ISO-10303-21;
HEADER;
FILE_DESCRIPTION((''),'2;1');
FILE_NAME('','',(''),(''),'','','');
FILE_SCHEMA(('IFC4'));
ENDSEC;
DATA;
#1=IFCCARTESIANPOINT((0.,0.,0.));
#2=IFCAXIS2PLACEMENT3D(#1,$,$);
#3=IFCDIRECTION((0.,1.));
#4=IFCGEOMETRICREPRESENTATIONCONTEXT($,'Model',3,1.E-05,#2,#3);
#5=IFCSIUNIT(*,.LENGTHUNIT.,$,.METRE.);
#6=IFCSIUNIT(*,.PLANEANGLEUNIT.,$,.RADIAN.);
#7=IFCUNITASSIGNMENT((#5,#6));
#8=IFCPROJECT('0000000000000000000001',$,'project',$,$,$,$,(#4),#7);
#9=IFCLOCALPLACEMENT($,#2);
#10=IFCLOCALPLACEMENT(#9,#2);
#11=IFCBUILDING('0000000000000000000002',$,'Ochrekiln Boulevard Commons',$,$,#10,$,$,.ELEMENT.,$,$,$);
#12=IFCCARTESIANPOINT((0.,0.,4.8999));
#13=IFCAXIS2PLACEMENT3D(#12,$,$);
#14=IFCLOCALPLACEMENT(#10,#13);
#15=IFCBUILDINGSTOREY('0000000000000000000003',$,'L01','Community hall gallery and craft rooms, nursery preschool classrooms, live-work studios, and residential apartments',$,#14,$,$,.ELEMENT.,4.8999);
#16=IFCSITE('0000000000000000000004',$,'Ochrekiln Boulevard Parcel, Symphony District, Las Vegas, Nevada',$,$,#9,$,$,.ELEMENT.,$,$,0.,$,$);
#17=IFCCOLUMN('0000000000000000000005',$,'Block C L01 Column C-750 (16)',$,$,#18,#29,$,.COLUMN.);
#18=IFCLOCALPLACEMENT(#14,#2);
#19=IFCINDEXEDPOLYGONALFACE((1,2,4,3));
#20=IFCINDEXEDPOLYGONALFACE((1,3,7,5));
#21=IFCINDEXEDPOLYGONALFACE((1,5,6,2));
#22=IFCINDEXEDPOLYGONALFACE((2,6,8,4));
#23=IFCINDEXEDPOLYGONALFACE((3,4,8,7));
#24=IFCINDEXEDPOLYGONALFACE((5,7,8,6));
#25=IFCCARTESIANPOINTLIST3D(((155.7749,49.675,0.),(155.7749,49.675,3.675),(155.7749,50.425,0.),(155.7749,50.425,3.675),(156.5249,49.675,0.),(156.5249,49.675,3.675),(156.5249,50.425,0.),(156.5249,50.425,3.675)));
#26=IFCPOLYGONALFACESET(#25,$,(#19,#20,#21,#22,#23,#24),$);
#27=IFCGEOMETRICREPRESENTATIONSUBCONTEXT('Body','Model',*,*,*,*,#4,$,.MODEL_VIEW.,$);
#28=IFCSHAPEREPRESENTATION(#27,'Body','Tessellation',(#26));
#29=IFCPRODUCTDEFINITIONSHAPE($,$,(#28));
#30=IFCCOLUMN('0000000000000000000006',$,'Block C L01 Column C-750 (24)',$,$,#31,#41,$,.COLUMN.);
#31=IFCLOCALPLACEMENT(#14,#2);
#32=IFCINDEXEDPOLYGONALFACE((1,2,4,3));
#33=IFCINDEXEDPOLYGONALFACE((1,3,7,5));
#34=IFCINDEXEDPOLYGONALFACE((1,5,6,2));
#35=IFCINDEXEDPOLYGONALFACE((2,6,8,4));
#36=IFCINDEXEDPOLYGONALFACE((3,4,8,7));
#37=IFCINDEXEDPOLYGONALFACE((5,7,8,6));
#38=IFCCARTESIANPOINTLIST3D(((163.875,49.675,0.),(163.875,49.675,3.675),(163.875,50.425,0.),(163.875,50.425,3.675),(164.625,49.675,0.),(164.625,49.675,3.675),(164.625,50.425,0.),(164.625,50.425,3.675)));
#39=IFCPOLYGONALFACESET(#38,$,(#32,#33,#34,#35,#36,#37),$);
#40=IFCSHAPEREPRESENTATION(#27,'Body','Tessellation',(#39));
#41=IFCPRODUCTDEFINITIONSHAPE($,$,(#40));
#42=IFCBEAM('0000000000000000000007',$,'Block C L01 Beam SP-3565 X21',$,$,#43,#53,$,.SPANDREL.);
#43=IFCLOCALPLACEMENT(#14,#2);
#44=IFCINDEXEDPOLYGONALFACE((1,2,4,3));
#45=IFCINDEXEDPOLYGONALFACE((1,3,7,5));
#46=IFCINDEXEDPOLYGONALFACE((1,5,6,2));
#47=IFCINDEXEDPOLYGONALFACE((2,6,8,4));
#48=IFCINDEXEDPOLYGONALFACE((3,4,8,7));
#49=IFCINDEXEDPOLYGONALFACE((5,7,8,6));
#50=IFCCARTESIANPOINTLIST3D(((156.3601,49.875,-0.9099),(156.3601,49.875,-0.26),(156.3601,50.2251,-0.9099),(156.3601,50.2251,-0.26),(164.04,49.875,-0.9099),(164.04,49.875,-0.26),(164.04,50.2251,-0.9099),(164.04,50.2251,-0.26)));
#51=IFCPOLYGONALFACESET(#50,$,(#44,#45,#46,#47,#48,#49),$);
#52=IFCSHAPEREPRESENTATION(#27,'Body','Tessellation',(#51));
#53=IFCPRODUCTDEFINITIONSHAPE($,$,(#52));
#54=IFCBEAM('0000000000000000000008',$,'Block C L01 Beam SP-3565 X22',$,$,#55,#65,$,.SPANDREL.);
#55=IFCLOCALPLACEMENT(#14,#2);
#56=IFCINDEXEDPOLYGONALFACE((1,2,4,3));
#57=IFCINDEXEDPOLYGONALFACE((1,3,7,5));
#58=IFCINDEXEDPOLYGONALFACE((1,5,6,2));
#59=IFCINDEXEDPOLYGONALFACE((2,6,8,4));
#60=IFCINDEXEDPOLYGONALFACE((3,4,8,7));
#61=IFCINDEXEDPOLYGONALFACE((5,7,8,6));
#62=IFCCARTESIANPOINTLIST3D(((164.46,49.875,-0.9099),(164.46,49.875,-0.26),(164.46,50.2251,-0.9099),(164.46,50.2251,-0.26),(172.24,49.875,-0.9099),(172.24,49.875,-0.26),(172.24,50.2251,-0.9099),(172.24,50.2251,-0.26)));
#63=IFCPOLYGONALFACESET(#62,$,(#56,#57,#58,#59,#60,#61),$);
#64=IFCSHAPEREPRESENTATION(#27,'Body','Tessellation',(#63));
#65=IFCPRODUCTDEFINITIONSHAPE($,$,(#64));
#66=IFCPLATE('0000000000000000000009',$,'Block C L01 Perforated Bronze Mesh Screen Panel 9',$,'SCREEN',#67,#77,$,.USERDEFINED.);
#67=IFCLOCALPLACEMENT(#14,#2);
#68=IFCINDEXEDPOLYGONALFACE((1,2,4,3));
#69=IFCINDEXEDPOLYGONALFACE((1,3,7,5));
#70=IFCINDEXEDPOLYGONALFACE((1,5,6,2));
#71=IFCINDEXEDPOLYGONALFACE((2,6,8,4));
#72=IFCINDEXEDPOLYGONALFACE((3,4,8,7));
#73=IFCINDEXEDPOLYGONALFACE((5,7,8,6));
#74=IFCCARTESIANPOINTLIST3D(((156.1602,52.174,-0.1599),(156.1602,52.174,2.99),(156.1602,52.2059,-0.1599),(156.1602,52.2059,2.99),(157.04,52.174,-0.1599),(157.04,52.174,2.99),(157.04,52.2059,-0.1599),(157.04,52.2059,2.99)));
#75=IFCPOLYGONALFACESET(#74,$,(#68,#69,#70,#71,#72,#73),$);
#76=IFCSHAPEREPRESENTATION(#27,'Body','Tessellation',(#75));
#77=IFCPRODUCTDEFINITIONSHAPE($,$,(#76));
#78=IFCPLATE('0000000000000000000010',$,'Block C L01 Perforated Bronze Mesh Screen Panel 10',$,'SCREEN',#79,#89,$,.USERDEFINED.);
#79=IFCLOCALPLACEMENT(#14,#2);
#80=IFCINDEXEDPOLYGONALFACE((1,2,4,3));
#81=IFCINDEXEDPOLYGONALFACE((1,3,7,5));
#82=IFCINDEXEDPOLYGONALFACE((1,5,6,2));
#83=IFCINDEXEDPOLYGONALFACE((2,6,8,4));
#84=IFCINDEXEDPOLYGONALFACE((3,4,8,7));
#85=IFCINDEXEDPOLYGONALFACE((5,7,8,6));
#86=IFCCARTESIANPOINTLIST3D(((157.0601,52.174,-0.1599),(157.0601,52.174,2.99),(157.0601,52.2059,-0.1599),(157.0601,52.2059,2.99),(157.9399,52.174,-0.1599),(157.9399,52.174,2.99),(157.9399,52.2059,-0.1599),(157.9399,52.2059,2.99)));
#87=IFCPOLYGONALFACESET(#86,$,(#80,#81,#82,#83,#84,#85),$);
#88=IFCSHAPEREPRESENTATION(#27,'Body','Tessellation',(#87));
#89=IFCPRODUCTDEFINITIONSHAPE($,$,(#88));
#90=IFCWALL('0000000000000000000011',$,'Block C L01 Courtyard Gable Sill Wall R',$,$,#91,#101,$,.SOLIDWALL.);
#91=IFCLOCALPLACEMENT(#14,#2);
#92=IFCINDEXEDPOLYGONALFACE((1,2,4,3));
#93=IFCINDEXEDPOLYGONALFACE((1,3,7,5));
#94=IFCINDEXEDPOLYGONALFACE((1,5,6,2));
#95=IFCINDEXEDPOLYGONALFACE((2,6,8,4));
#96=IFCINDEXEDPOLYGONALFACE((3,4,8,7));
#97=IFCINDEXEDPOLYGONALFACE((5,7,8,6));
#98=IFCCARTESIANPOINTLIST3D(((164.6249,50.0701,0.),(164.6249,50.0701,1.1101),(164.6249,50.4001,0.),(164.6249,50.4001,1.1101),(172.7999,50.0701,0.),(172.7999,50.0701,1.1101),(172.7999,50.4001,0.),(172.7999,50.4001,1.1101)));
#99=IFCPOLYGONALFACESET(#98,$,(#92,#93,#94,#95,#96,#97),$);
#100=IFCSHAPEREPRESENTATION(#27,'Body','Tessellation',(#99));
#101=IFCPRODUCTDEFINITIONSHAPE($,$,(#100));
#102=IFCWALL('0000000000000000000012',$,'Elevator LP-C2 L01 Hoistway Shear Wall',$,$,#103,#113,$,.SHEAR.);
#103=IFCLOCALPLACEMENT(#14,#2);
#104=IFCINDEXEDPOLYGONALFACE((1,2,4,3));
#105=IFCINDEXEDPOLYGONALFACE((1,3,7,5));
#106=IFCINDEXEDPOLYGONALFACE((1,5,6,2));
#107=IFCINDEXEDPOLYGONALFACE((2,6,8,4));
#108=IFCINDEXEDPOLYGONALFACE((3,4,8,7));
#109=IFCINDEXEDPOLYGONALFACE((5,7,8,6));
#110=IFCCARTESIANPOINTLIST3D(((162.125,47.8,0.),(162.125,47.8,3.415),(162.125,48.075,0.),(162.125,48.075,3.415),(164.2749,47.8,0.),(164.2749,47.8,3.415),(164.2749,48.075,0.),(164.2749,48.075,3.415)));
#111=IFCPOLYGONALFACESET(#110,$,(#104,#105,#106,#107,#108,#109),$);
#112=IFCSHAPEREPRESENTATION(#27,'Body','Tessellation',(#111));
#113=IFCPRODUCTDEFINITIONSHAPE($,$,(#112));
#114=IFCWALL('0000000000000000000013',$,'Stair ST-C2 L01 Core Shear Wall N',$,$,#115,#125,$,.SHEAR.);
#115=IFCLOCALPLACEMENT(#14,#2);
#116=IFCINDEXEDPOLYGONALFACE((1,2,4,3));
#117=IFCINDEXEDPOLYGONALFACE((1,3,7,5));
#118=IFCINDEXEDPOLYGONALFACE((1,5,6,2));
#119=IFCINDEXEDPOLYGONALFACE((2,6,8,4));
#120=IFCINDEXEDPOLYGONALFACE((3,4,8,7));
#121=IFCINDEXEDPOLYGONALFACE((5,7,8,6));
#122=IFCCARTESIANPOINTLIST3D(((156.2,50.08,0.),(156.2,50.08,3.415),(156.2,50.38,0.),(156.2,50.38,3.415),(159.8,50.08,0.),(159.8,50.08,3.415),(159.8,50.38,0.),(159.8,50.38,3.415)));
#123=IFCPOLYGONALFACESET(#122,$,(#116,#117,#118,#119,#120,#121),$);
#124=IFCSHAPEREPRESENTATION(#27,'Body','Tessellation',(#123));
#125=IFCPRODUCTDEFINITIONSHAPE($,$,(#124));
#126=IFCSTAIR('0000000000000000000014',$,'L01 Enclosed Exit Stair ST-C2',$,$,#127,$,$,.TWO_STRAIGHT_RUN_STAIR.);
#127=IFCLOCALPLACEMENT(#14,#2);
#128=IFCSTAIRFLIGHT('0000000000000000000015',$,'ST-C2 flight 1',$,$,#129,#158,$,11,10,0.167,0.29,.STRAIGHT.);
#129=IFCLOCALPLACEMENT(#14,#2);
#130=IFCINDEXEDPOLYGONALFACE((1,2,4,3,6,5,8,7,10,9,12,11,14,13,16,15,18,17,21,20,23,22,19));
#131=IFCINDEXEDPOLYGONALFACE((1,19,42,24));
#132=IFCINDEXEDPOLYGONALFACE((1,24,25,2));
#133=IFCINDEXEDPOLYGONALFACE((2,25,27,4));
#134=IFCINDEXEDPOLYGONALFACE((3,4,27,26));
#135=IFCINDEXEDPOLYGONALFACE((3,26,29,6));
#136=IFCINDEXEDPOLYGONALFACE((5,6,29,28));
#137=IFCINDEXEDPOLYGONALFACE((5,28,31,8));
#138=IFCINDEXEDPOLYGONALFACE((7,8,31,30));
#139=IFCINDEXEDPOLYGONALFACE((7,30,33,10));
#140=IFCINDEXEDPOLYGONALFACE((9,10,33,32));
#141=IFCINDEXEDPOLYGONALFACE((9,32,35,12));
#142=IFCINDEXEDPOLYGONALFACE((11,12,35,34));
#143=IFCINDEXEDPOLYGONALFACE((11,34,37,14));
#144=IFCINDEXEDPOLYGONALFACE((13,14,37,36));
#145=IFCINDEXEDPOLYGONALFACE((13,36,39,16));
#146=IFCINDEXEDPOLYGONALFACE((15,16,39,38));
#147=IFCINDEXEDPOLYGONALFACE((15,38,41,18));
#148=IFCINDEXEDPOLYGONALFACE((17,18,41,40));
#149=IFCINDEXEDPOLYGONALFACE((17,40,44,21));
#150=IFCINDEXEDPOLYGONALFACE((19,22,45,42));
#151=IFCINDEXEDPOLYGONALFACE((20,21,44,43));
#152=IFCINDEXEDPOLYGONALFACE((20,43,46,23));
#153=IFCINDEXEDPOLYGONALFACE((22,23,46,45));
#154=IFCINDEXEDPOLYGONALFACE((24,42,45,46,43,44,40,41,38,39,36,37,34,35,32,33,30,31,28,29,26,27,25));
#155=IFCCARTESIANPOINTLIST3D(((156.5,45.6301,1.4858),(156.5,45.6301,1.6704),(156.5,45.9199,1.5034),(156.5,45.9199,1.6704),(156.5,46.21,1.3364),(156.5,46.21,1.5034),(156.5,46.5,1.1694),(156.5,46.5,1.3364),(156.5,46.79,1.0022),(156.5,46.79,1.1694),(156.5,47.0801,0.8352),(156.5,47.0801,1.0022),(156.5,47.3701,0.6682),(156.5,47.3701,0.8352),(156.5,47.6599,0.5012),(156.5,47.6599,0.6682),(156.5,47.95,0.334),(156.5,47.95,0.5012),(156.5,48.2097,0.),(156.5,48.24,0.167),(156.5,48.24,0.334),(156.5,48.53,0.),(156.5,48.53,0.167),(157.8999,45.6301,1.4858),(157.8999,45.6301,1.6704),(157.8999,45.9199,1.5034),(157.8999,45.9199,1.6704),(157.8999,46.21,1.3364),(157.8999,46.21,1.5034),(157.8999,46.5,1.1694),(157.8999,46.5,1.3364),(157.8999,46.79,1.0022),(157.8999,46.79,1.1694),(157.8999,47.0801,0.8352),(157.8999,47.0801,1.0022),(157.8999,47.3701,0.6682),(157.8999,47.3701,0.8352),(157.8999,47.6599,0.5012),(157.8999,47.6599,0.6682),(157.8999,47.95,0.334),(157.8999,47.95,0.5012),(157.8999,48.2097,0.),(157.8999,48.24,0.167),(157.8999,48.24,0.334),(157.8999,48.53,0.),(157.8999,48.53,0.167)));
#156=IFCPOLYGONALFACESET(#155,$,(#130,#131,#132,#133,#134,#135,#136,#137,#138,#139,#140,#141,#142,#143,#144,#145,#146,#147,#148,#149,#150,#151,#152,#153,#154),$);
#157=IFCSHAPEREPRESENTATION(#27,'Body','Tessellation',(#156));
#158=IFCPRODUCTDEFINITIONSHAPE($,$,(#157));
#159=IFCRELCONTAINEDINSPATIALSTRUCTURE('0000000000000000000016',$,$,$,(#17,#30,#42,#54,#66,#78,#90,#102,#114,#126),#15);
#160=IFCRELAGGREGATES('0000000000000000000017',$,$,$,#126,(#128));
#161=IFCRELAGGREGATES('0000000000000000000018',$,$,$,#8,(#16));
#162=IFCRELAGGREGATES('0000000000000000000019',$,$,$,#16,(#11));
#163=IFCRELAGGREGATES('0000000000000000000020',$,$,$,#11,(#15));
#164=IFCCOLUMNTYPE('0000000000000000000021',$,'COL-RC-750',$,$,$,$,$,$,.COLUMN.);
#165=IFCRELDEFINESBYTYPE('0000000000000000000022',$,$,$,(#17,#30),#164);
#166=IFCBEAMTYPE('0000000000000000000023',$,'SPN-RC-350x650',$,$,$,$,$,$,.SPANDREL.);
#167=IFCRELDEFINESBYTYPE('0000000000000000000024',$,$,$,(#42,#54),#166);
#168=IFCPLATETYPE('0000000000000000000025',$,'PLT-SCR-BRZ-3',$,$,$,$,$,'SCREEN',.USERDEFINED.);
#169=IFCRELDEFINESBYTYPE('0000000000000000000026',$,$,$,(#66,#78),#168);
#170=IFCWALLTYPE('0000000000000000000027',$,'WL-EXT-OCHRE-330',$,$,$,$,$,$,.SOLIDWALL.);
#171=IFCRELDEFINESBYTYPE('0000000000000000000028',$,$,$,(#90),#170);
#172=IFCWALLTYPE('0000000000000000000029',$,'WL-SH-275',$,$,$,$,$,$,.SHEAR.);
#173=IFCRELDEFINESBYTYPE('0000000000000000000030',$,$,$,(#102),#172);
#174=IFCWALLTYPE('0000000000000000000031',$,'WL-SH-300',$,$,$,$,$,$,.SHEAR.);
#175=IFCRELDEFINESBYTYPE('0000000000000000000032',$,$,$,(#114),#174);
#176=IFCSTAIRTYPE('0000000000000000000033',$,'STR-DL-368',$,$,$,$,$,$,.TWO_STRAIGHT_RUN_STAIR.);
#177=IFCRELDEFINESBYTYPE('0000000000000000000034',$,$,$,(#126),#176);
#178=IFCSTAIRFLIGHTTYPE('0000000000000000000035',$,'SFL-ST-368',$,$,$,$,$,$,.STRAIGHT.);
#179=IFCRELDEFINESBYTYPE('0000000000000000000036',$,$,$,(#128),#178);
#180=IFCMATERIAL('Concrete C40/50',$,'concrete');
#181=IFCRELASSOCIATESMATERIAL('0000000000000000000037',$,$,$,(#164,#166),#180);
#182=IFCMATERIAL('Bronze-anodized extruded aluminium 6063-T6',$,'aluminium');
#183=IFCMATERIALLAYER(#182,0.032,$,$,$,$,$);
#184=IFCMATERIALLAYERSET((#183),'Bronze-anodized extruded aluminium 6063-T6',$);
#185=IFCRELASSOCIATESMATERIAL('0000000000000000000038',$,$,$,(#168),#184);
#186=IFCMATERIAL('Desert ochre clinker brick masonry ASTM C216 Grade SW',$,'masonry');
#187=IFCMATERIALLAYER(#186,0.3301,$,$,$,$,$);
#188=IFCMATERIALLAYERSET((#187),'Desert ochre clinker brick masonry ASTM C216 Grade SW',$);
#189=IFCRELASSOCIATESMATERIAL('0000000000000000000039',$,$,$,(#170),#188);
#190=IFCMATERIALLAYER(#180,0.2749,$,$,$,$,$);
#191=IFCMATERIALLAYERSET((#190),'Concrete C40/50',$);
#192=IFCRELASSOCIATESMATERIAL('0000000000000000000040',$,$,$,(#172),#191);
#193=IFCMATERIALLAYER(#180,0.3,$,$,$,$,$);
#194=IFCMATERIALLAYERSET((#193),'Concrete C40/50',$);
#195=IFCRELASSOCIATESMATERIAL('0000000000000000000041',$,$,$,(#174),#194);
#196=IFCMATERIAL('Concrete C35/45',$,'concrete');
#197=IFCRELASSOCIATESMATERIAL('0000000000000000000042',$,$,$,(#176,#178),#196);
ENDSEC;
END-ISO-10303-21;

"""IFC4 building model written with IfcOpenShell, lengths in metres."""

from ifc_helpers import new_model, si_unit, direction, frame, frame_2d, origin, origin_2d, place, context, subcontext, project, spatial, polyline, rectangle, outline, extrude, material, layer, layer_set, material_profile, profile_set, type_object, element, aggregate, save


model = new_model("IFC4")

# Units and contexts
model_context = context("Model", 3, precision=1e-05, world=origin(), true_north=direction((0.0, 1.0)))
body_context = subcontext(model_context, "Body", "Model", "MODEL_VIEW")
ifc_project = project(units=[si_unit("LENGTHUNIT", "METRE"), si_unit("PLANEANGLEUNIT", "RADIAN")], contexts=[model_context])

# Site, building, storey
site_placement = place(None, origin())
site = spatial("IfcSite", under=ifc_project, at=site_placement, Name="Ochrekiln Boulevard Parcel, Symphony District, Las Vegas, Nevada", CompositionType="ELEMENT", RefElevation=0.0)
building_placement = place(site_placement, origin())
building = spatial("IfcBuilding", under=site, at=building_placement, Name="Ochrekiln Boulevard Commons", CompositionType="ELEMENT")
storey_placement = place(building_placement, frame((0.0, 0.0, 4.8999)))
storey = spatial("IfcBuildingStorey", under=building, at=storey_placement, Name="L01", Description="Community hall gallery and craft rooms, nursery preschool classrooms, live-work studios, and residential apartments", CompositionType="ELEMENT", Elevation=4.8999)

# Columns
ifc_material_1 = material(Name="Concrete C40/50", Category="concrete")
ifc_material_profile_1 = material_profile(ifc_material_1, rectangle(XDim=0.75, YDim=0.75, at=origin_2d()), Name="RC-COL-750x750")
ifc_profile_set_1 = profile_set([ifc_material_profile_1], Name="Concrete C40/50")
column_type = type_object("IfcColumnType", Name="COL-RC-750", PredefinedType="COLUMN", material=ifc_profile_set_1)
for number, where, z_axis, x_axis, name in (
    (1, (156.1499, 50.05, 0.0), (0.0, 0.0, 1.0), (1.0, 0.0, 0.0), "Block C L01 Column C-750 (16)"),
    (2, (164.25, 50.05, 0.0), (0.0, 0.0, 1.0), (1.0, 0.0, 0.0), "Block C L01 Column C-750 (24)"),
):
    element("IfcColumn", number, at=place(storey_placement, frame(where, z_axis=z_axis, x_axis=x_axis)), inside=storey, type_object=column_type, Name=name, PredefinedType="COLUMN", context=body_context, shape_type="SweptSolid", body=[
        extrude(rectangle(XDim=0.75, YDim=0.75, at=origin_2d()), origin(), (0.0, 0.0, 1.0), 3.675),
    ])

# Beams
ifc_material_profile_2 = material_profile(ifc_material_1, rectangle(XDim=0.3501, YDim=0.6499, at=origin_2d()), Name="RC-SPN-350x650")
ifc_profile_set_2 = profile_set([ifc_material_profile_2], Name="Concrete C40/50")
beam_type = type_object("IfcBeamType", Name="SPN-RC-350x650", PredefinedType="SPANDREL", material=ifc_profile_set_2)
beam_1_placement = place(storey_placement, frame((156.3601, 50.05, -0.585), z_axis=(1.0, 0.0, 0.0), x_axis=(0.0, 1.0, 0.0)))
element("IfcBeam", 3, at=beam_1_placement, inside=storey, type_object=beam_type, Name="Block C L01 Beam SP-3565 X21", PredefinedType="SPANDREL", context=body_context, shape_type="SweptSolid", body=[
    extrude(rectangle(XDim=0.3501, YDim=0.6499, at=origin_2d()), origin(), (0.0, 0.0, 1.0), 7.6799),
])
beam_2_placement = place(storey_placement, frame((164.46, 50.05, -0.585), z_axis=(1.0, 0.0, 0.0), x_axis=(0.0, 1.0, 0.0)))
element("IfcBeam", 4, at=beam_2_placement, inside=storey, type_object=beam_type, Name="Block C L01 Beam SP-3565 X22", PredefinedType="SPANDREL", context=body_context, shape_type="SweptSolid", body=[
    extrude(rectangle(XDim=0.3501, YDim=0.6499, at=origin_2d()), origin(), (0.0, 0.0, 1.0), 7.78),
])

# Plates
ifc_material_2 = material(Name="Bronze-anodized extruded aluminium 6063-T6", Category="aluminium")
ifc_layer_1 = layer(ifc_material_2, 0.032)
ifc_layer_set_1 = layer_set([ifc_layer_1], Name="Bronze-anodized extruded aluminium 6063-T6")
plate_type = type_object("IfcPlateType", Name="PLT-SCR-BRZ-3", ElementType="SCREEN", PredefinedType="USERDEFINED", material=ifc_layer_set_1)
for number, where, z_axis, x_axis, name in (
    (5, (156.6001, 52.1899, -0.1599), (0.0, 0.0, 1.0), (1.0, 0.0, 0.0), "Block C L01 Perforated Bronze Mesh Screen Panel 9"),
    (6, (157.5, 52.1899, -0.1599), (0.0, 0.0, 1.0), (1.0, 0.0, 0.0), "Block C L01 Perforated Bronze Mesh Screen Panel 10"),
):
    element("IfcPlate", number, at=place(storey_placement, frame(where, z_axis=z_axis, x_axis=x_axis)), inside=storey, type_object=plate_type, Name=name, ObjectType="SCREEN", PredefinedType="USERDEFINED", context=body_context, shape_type="SweptSolid", body=[
        extrude(rectangle(XDim=0.8799, YDim=0.032, at=origin_2d()), origin(), (0.0, 0.0, 1.0), 3.1499),
    ])

# Shared definitions
ifc_material_3 = material(Name="Desert ochre clinker brick masonry ASTM C216 Grade SW", Category="masonry")
ifc_layer_2 = layer(ifc_material_3, 0.3301)
ifc_layer_set_2 = layer_set([ifc_layer_2], Name="Desert ochre clinker brick masonry ASTM C216 Grade SW")
wall_type_1 = type_object("IfcWallType", Name="WL-EXT-OCHRE-330", PredefinedType="SOLIDWALL", material=ifc_layer_set_2)

# Walls
wall_1_placement = place(storey_placement, frame((164.625, 50.2351, 0.0), z_axis=(0.0, 0.0, 1.0), x_axis=(1.0, 0.0, 0.0)))
element("IfcWall", 7, at=wall_1_placement, inside=storey, type_object=wall_type_1, Name="Block C L01 Courtyard Gable Sill Wall R", PredefinedType="SOLIDWALL", context=body_context, shape_type="SweptSolid", body=[
    extrude(rectangle(XDim=8.175, YDim=0.3301, at=frame_2d((4.0874, 0.0))), origin(), (0.0, 0.0, 1.0), 1.1101),
])
ifc_layer_3 = layer(ifc_material_1, 0.2749)
ifc_layer_set_3 = layer_set([ifc_layer_3], Name="Concrete C40/50")
wall_type_2 = type_object("IfcWallType", Name="WL-SH-275", PredefinedType="SHEAR", material=ifc_layer_set_3)
wall_2_placement = place(storey_placement, frame((162.125, 47.9375, 0.0), z_axis=(0.0, 0.0, 1.0), x_axis=(1.0, 0.0, 0.0)))
element("IfcWall", 8, at=wall_2_placement, inside=storey, type_object=wall_type_2, Name="Elevator LP-C2 L01 Hoistway Shear Wall", PredefinedType="SHEAR", context=body_context, shape_type="SweptSolid", body=[
    extrude(rectangle(XDim=2.1499, YDim=0.2749, at=frame_2d((1.075, 0.0))), origin(), (0.0, 0.0, 1.0), 3.415),
])
ifc_layer_4 = layer(ifc_material_1, 0.3)
ifc_layer_set_4 = layer_set([ifc_layer_4], Name="Concrete C40/50")
wall_type_3 = type_object("IfcWallType", Name="WL-SH-300", PredefinedType="SHEAR", material=ifc_layer_set_4)
wall_3_placement = place(storey_placement, frame((156.2, 50.23, 0.0), z_axis=(0.0, 0.0, 1.0), x_axis=(1.0, 0.0, 0.0)))
element("IfcWall", 9, at=wall_3_placement, inside=storey, type_object=wall_type_3, Name="Stair ST-C2 L01 Core Shear Wall N", PredefinedType="SHEAR", context=body_context, shape_type="SweptSolid", body=[
    extrude(rectangle(XDim=3.6001, YDim=0.3, at=frame_2d((1.8, 0.0))), origin(), (0.0, 0.0, 1.0), 3.415),
])

# Stair, stair flight
ifc_material_4 = material(Name="Concrete C35/45", Category="concrete")
stair_type = type_object("IfcStairType", Name="STR-DL-368", PredefinedType="TWO_STRAIGHT_RUN_STAIR", material=ifc_material_4)
stair_placement = place(storey_placement, origin())
stair = element("IfcStair", 10, at=stair_placement, inside=storey, type_object=stair_type, Name="L01 Enclosed Exit Stair ST-C2", PredefinedType="TWO_STRAIGHT_RUN_STAIR")
stair_flight_type = type_object("IfcStairFlightType", Name="SFL-ST-368", PredefinedType="STRAIGHT", material=ifc_material_4)
stair_flight_placement = place(storey_placement, frame((157.2, 48.53, 0.0), z_axis=(0.0, 0.0, 1.0), x_axis=(0.0, -1.0, 0.0)))
stair_flight = element("IfcStairFlight", 11, at=stair_flight_placement, type_object=stair_flight_type, Name="ST-C2 flight 1", NumberOfRisers=11, NumberOfTreads=10, PredefinedType="STRAIGHT", RiserHeight=0.167, TreadLength=0.29, context=body_context, shape_type="SweptSolid", body=[
    extrude(outline(polyline([(0.0, 0.0), (0.0, 0.167), (0.29, 0.167), (0.29, 0.334), (0.5801, 0.334), (0.5801, 0.5012), (0.8701, 0.5012), (0.8701, 0.6682), (1.1599, 0.6682), (1.1599, 0.8352), (1.45, 0.8352), (1.45, 1.0022), (1.74, 1.0022), (1.74, 1.1694), (2.03, 1.1694), (2.03, 1.3364), (2.3201, 1.3364), (2.3201, 1.5034), (2.6101, 1.5034), (2.6101, 1.6704), (2.8999, 1.6704), (2.8999, 1.8374), (2.8999, 1.4858), (0.3203, 0.0), (0.0, 0.0)])), frame((0.0, 0.7, 0.0), z_axis=(0.0, -1.0, 0.0), x_axis=(1.0, 0.0, 0.0)), (0.0, 0.0, 1.0), 1.3999),
])
aggregate(stair, [stair_flight])

save(model, "model.ifc")
